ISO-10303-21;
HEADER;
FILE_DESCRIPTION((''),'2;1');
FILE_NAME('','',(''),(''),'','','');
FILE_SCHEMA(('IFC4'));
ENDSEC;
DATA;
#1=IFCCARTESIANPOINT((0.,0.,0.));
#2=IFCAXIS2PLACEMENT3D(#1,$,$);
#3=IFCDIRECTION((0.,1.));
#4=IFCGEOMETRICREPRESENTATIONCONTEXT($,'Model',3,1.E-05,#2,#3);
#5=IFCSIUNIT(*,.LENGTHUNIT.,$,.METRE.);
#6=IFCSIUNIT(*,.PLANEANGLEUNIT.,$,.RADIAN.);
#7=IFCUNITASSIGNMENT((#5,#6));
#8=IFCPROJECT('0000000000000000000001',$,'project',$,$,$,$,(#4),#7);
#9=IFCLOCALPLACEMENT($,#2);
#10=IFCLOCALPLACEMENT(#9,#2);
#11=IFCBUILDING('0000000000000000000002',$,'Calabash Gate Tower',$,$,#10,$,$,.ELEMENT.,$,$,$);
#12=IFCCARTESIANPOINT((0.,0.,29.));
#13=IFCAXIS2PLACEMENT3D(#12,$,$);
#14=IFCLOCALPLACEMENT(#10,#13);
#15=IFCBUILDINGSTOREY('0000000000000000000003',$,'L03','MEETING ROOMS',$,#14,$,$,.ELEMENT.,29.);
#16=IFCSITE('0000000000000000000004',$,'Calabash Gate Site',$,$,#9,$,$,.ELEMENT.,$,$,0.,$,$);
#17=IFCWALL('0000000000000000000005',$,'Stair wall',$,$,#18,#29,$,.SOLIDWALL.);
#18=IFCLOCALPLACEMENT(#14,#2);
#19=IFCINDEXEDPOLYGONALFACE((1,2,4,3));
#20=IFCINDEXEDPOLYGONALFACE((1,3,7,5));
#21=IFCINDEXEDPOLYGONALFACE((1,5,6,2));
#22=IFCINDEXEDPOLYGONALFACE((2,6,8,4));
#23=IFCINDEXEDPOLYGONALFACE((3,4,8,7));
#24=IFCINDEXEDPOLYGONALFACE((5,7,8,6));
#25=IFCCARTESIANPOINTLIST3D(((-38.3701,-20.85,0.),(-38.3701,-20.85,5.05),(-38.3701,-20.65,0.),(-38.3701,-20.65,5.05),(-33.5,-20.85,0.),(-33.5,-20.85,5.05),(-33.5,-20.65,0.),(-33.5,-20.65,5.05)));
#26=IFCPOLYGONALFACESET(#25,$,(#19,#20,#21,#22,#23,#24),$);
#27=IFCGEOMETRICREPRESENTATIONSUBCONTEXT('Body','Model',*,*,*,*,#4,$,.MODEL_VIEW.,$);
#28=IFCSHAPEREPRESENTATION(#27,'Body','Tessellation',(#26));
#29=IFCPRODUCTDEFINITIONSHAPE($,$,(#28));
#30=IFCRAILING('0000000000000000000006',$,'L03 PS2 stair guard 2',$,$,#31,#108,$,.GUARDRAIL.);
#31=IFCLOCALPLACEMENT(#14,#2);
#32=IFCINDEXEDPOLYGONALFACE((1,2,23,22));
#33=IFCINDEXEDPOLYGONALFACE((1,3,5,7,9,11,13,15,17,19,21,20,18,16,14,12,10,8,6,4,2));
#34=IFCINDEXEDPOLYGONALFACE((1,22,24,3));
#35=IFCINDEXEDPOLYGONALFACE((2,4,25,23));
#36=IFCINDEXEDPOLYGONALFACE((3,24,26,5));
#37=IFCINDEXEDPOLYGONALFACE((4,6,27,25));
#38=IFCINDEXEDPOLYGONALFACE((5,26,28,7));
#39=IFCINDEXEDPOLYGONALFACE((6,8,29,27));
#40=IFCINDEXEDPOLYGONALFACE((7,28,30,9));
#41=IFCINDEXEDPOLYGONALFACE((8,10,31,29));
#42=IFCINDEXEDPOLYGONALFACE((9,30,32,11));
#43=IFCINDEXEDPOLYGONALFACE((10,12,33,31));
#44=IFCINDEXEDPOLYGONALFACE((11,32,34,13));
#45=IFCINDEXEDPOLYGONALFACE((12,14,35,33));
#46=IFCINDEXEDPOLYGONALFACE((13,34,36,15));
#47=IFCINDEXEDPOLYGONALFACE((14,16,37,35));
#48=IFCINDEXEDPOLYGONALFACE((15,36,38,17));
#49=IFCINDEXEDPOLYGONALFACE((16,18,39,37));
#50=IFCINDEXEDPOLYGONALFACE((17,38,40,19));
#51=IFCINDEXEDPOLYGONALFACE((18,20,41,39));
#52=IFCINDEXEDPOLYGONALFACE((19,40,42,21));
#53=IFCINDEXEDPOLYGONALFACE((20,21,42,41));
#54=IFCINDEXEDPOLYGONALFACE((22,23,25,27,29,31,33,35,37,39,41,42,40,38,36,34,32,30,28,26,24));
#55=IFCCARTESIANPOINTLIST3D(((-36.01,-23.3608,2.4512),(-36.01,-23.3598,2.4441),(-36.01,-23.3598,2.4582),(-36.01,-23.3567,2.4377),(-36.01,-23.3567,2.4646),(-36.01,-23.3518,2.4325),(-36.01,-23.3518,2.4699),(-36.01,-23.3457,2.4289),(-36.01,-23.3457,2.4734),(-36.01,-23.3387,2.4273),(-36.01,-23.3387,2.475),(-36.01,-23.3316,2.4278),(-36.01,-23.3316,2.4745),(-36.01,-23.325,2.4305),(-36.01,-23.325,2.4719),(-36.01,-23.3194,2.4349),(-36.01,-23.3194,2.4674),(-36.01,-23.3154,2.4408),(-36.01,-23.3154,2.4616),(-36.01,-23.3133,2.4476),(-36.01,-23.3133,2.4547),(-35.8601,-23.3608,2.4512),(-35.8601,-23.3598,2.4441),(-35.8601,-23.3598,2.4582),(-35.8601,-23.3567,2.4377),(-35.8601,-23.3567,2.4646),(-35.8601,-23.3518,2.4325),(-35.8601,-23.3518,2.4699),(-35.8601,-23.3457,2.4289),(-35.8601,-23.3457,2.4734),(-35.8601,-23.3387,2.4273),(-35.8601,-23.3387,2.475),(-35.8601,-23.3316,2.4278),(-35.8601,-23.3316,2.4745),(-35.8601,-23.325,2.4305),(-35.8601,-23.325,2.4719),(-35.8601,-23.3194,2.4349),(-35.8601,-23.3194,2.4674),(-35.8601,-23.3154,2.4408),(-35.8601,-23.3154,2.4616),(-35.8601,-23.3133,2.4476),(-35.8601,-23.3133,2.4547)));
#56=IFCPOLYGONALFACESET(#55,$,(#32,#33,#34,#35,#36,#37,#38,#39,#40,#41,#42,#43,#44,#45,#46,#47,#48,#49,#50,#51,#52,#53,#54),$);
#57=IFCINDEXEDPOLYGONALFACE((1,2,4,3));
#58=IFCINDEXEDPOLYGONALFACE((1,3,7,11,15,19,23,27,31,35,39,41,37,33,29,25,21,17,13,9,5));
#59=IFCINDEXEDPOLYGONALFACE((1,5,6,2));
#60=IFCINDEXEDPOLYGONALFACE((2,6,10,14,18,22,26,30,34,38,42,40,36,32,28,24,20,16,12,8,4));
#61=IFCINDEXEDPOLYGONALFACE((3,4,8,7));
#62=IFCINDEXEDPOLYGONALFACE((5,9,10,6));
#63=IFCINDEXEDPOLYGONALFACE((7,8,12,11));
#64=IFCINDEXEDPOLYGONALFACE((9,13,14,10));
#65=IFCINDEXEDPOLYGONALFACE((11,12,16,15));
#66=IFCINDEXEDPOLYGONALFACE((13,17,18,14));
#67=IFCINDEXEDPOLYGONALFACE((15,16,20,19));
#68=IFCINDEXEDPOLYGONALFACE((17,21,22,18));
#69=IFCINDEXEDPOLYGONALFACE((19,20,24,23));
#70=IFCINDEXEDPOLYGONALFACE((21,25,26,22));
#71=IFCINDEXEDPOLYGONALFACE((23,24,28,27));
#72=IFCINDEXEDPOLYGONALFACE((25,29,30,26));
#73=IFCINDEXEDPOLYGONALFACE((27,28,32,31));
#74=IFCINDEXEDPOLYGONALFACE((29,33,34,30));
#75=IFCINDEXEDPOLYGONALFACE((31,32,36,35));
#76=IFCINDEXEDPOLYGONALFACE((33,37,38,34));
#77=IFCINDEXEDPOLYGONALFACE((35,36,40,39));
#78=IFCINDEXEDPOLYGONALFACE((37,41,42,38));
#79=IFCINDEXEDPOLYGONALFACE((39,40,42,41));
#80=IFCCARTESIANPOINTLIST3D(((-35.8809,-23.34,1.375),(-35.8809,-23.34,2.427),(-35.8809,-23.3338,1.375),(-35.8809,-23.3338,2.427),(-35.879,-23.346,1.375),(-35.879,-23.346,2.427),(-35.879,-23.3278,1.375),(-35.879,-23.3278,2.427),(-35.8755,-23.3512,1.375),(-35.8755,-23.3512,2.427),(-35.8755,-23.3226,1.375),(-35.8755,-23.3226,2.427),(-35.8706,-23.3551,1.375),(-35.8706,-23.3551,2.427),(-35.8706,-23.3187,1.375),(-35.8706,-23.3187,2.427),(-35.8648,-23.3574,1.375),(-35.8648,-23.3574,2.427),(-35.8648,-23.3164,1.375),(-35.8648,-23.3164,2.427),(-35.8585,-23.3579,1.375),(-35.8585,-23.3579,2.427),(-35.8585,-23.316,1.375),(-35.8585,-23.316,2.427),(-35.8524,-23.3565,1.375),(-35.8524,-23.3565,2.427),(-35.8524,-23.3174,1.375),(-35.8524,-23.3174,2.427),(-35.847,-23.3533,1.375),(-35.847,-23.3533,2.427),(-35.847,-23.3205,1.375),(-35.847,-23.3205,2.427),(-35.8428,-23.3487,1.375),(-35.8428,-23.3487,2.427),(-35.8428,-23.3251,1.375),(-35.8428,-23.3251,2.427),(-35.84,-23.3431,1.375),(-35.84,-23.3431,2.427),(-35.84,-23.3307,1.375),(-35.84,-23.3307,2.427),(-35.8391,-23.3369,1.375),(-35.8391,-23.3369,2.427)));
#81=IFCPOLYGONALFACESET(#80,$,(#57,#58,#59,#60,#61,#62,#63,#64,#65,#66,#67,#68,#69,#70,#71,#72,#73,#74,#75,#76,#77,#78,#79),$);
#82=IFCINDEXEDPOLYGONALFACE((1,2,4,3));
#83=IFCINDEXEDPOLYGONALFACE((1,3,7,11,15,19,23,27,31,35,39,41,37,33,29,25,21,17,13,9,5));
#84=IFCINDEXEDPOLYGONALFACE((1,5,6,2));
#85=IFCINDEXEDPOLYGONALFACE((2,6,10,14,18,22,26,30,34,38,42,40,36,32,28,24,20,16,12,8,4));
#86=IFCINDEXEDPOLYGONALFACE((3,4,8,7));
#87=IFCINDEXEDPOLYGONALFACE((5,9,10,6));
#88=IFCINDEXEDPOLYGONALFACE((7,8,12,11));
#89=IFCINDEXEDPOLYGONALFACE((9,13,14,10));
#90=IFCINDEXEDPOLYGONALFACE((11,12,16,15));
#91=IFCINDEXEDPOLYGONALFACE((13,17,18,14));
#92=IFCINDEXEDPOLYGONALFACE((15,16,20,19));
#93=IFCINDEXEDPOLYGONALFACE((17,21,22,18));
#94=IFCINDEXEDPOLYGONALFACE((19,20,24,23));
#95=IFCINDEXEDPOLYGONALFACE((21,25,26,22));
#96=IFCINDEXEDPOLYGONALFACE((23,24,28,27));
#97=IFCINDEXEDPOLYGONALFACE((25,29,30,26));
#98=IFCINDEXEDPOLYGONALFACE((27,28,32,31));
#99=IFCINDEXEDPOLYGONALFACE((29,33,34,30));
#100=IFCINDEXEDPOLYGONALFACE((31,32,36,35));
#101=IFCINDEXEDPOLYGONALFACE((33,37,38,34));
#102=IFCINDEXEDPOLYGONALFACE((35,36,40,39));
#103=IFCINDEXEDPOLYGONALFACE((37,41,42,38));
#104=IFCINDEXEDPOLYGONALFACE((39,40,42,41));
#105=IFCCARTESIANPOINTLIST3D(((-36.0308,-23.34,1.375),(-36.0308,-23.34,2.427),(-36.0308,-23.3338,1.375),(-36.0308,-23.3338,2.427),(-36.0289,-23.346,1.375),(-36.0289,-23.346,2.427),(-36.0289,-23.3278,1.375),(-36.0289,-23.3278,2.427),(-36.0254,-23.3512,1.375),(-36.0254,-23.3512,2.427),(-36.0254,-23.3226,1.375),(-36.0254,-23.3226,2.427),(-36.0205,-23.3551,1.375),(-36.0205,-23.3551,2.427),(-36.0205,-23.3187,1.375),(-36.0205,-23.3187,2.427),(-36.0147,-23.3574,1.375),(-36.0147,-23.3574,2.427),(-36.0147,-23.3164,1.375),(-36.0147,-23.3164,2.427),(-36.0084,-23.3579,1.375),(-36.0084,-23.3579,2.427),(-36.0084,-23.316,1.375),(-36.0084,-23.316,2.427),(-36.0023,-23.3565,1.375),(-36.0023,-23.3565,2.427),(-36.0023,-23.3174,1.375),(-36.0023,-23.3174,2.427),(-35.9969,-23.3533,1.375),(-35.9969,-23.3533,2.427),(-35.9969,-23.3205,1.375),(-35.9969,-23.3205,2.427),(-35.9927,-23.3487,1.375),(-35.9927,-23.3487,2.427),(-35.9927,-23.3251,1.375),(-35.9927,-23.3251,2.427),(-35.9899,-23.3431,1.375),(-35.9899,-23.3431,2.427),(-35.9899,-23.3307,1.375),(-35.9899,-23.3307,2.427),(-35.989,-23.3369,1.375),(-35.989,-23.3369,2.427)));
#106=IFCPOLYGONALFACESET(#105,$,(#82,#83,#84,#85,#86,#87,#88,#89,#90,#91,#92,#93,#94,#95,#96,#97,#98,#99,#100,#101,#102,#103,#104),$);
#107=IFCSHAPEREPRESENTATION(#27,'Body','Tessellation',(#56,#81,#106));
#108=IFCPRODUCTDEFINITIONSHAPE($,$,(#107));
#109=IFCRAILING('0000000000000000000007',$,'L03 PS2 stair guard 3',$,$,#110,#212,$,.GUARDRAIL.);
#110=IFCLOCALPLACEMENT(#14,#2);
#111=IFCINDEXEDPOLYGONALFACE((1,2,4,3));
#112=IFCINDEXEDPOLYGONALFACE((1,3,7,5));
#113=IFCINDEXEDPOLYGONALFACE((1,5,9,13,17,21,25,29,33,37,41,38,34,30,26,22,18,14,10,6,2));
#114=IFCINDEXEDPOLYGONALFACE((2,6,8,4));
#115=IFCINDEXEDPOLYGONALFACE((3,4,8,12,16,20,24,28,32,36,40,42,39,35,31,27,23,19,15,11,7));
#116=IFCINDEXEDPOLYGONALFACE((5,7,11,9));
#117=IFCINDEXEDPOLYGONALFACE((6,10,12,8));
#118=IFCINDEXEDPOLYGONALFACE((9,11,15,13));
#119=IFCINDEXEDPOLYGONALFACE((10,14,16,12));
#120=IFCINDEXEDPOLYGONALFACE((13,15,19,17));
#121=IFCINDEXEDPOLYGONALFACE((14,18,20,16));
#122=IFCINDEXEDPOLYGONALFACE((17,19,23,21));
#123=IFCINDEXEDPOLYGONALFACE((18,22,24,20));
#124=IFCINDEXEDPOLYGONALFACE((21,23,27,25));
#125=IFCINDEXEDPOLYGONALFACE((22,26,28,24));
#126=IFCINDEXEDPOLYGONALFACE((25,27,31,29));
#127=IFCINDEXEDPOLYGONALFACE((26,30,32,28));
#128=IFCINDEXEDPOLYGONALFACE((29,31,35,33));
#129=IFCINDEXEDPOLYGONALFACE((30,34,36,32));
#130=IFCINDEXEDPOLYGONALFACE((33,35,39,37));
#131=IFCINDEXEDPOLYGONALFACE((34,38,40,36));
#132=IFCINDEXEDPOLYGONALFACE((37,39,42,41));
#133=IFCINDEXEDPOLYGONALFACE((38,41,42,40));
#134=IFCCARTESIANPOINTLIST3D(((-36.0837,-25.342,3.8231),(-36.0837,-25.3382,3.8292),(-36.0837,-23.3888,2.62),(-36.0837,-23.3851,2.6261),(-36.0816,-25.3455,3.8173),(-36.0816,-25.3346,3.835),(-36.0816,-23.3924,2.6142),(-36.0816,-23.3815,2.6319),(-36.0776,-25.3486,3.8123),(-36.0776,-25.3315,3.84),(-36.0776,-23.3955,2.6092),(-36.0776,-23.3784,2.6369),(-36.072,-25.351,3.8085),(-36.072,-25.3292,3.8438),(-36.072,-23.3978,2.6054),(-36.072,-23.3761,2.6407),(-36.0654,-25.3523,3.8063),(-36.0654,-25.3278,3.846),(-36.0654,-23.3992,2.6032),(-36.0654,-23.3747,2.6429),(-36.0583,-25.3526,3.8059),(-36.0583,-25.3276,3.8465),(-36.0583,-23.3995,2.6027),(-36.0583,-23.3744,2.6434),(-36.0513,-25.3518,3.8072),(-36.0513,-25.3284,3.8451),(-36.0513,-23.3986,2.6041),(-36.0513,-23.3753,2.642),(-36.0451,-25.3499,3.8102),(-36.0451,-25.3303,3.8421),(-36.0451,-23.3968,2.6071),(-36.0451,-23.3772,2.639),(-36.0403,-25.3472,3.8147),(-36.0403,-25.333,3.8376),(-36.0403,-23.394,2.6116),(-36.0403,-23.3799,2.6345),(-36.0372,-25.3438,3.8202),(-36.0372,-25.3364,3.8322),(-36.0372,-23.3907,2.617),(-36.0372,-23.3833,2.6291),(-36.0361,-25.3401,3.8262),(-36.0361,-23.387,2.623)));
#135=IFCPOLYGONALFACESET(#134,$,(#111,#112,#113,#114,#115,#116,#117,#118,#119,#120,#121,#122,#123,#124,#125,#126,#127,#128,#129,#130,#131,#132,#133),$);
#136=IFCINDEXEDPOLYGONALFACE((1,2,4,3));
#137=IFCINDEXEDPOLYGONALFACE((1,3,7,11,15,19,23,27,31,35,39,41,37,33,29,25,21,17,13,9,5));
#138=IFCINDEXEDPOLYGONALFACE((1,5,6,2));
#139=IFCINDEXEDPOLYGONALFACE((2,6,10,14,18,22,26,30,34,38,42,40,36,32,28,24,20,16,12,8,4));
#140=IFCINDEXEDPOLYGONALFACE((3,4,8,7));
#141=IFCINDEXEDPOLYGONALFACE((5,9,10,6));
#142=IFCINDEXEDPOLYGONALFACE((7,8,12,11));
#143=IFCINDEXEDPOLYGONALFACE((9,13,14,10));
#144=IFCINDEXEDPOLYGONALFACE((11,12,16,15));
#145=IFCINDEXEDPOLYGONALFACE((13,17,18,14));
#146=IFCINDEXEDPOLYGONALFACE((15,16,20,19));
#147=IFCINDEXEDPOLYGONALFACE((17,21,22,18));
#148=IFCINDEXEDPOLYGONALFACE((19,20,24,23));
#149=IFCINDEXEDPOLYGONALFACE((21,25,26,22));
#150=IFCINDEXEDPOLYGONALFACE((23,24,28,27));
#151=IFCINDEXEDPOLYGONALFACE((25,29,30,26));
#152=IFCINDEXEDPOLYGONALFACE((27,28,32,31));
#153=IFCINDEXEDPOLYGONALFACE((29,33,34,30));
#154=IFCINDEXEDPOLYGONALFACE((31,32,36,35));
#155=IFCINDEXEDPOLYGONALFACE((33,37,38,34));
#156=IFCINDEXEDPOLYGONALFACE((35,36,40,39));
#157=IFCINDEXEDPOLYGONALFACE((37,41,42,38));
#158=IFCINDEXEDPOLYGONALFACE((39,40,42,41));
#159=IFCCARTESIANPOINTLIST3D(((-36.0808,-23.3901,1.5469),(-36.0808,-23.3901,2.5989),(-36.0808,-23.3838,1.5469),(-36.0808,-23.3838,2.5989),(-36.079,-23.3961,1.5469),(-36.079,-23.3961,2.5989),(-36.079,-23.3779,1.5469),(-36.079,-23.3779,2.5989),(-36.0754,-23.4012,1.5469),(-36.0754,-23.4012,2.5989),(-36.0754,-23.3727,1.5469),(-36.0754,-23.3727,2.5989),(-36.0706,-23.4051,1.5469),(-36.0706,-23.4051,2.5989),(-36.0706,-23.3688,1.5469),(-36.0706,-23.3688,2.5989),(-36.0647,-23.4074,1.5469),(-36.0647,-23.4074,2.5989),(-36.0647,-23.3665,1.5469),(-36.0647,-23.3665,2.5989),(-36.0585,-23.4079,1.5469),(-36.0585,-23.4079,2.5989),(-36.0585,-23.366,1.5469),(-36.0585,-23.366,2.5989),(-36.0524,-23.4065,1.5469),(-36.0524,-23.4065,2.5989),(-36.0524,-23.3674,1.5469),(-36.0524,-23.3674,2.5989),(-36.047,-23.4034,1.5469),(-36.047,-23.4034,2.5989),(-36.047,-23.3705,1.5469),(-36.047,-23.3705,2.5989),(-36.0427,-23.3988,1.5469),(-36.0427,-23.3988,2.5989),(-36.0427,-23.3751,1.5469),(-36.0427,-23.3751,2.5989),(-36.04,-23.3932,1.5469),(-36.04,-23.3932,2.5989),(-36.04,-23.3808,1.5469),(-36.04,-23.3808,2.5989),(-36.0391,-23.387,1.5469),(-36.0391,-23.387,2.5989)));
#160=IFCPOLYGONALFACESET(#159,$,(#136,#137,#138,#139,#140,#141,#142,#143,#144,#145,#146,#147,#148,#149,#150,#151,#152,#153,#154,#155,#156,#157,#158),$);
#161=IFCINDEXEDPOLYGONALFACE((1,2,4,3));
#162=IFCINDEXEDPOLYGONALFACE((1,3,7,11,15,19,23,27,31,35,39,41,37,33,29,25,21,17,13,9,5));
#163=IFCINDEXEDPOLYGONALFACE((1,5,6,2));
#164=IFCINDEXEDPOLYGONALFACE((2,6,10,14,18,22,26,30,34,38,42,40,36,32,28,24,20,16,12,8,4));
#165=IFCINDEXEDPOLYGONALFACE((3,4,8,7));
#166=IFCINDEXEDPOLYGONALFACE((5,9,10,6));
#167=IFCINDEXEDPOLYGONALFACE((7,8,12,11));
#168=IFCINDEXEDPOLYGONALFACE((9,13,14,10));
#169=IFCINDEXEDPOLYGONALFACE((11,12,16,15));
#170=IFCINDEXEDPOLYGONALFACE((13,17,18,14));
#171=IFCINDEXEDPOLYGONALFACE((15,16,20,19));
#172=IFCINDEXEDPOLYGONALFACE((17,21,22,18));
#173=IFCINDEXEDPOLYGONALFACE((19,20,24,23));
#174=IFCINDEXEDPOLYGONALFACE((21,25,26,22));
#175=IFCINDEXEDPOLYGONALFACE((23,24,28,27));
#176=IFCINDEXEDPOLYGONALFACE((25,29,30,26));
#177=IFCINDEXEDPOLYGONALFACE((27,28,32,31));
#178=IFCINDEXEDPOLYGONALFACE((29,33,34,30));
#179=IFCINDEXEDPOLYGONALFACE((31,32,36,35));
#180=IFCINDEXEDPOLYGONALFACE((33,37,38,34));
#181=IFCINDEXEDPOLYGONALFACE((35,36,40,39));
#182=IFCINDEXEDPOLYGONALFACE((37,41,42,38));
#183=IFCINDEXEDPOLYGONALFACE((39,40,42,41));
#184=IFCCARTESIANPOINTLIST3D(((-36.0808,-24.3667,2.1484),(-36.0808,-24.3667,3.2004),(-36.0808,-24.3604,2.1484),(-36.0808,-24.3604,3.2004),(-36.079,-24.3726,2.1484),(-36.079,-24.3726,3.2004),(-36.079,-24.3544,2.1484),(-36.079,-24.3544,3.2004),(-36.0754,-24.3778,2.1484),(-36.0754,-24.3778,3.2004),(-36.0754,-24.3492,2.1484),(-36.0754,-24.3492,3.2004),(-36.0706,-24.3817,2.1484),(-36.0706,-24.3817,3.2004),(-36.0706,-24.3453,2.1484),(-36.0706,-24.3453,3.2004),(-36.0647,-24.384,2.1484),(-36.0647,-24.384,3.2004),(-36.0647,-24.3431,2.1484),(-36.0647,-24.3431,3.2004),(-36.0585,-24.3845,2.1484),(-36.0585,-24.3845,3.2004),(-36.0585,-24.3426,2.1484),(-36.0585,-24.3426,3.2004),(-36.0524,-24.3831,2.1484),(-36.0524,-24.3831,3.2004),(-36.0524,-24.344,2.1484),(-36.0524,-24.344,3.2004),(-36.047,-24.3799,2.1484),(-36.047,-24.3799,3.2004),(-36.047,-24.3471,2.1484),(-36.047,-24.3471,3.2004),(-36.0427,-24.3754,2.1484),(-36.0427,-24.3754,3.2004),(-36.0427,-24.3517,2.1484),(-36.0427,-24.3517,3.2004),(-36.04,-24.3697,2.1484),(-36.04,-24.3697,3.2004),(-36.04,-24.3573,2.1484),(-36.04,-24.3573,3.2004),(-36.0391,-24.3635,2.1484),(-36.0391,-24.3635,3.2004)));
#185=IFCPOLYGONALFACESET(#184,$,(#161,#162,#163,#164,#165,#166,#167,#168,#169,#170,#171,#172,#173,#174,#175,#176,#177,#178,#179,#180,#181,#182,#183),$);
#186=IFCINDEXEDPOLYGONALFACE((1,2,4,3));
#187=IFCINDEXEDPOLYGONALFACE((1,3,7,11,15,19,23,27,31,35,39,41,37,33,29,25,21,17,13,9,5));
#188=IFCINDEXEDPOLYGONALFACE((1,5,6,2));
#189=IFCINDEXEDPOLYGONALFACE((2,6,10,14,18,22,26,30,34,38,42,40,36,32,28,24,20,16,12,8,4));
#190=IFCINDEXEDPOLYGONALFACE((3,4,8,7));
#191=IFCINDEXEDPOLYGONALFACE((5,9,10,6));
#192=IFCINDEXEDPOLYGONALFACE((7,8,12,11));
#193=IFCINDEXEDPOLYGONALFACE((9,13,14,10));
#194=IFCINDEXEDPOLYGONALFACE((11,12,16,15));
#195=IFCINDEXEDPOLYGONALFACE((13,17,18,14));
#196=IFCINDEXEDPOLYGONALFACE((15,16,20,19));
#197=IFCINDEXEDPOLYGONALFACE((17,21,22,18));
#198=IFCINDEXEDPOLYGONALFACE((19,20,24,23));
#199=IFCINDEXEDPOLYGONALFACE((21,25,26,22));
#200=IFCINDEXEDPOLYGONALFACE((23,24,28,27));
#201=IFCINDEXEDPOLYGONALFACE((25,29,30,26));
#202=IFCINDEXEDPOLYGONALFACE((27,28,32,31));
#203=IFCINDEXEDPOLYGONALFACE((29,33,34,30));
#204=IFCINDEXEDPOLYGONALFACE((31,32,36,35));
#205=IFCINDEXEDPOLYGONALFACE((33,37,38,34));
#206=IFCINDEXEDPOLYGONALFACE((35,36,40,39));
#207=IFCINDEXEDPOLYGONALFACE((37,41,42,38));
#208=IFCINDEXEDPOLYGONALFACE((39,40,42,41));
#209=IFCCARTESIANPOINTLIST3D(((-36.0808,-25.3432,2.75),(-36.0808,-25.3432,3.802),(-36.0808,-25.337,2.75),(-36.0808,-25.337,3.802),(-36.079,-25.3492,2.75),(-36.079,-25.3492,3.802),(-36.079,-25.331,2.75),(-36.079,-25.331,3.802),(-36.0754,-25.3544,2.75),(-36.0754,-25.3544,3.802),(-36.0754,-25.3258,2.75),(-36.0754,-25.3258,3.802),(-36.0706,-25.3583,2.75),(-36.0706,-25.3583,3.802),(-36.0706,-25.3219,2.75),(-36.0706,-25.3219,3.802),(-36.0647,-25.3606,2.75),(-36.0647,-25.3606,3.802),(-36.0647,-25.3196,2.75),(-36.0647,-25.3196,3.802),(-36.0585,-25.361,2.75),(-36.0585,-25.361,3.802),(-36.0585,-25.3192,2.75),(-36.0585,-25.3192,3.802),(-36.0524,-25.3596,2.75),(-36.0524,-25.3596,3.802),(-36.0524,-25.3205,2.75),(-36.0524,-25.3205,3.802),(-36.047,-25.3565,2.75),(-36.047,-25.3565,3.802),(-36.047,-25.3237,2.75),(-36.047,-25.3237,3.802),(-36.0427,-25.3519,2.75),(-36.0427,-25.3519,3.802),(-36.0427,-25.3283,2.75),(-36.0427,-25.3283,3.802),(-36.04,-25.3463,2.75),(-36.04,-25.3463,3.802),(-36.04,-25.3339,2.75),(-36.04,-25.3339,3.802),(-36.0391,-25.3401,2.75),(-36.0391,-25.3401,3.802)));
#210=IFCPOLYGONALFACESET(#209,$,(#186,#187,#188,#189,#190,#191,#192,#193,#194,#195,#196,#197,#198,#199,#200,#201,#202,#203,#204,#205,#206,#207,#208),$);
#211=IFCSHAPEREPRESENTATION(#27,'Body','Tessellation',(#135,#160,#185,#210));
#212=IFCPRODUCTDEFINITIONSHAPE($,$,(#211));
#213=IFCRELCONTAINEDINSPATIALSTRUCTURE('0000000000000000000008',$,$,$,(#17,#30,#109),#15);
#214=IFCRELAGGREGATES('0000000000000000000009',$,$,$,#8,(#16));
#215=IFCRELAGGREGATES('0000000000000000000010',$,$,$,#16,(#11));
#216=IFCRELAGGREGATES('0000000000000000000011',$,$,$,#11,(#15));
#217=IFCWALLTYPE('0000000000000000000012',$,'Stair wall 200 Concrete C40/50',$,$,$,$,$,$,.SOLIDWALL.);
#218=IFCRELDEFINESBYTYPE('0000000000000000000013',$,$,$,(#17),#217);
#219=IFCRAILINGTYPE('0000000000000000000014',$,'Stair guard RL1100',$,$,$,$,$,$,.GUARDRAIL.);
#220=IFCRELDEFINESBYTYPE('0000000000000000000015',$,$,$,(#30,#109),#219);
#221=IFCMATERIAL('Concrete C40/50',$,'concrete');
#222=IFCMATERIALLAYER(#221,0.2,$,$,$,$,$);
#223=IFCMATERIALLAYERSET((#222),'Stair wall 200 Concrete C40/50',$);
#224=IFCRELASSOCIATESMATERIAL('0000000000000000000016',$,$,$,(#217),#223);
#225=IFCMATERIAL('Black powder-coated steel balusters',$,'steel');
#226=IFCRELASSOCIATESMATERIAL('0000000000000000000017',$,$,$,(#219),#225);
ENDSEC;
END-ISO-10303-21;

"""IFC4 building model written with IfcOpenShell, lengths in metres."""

from ifc_helpers import new_model, si_unit, direction, frame, frame_2d, origin, origin_2d, place, context, subcontext, project, spatial, rectangle, circle, extrude, material, layer, layer_set, type_object, element, save


model = new_model("IFC4")

# Units and contexts
model_context = context("Model", 3, precision=1e-05, world=origin(), true_north=direction((0.0, 1.0)))
body_context = subcontext(model_context, "Body", "Model", "MODEL_VIEW")
ifc_project = project(units=[si_unit("LENGTHUNIT", "METRE"), si_unit("PLANEANGLEUNIT", "RADIAN")], contexts=[model_context])

# Site, building, storey
site_placement = place(None, origin())
site = spatial("IfcSite", under=ifc_project, at=site_placement, Name="Calabash Gate Site", CompositionType="ELEMENT", RefElevation=0.0)
building_placement = place(site_placement, origin())
building = spatial("IfcBuilding", under=site, at=building_placement, Name="Calabash Gate Tower", CompositionType="ELEMENT")
storey_placement = place(building_placement, frame((0.0, 0.0, 29.0)))
storey = spatial("IfcBuildingStorey", under=building, at=storey_placement, Name="L03", Description="MEETING ROOMS", CompositionType="ELEMENT", Elevation=29.0)

# Wall
ifc_material_1 = material(Name="Concrete C40/50", Category="concrete")
ifc_layer_1 = layer(ifc_material_1, 0.2)
ifc_layer_set_1 = layer_set([ifc_layer_1], Name="Stair wall 200 Concrete C40/50")
wall_type_1 = type_object("IfcWallType", Name="Stair wall 200 Concrete C40/50", PredefinedType="SOLIDWALL", material=ifc_layer_set_1)
wall_1_placement = place(storey_placement, frame((-38.3701, -20.75, 0.0), z_axis=(0.0, 0.0, 1.0), x_axis=(1.0, 0.0, 0.0)))
element("IfcWall", 1, at=wall_1_placement, inside=storey, type_object=wall_type_1, Name="Stair wall", PredefinedType="SOLIDWALL", context=body_context, shape_type="SweptSolid", body=[
    extrude(rectangle(XDim=4.8701, YDim=0.2, at=frame_2d((2.4351, 0.0))), origin(), (0.0, 0.0, 1.0), 5.05),
])

# Railings
ifc_material_2 = material(Name="Black powder-coated steel balusters", Category="steel")
railing_type_1 = type_object("IfcRailingType", Name="Stair guard RL1100", PredefinedType="GUARDRAIL", material=ifc_material_2)
railing_1_placement = place(storey_placement, frame((-35.8601, -23.3369, 1.375)))
element("IfcRailing", 2, at=railing_1_placement, inside=storey, type_object=railing_type_1, Name="L03 PS2 stair guard 2", PredefinedType="GUARDRAIL", context=body_context, shape_type="SweptSolid", body=[
    extrude(circle(Radius=0.0239, at=origin_2d()), frame((0.0, 0.0, 1.0762), z_axis=(-1.0, 0.0, 0.0), x_axis=(0.0, -1.0, 0.0)), (0.0, 0.0, 1.0), 0.1499),
    extrude(circle(Radius=0.021, at=origin_2d()), origin(), (0.0, 0.0, 1.0), 1.052),
    extrude(circle(Radius=0.021, at=origin_2d()), frame((-0.1499, 0.0, 0.0)), (0.0, 0.0, 1.0), 1.052),
])
railing_2_placement = place(storey_placement, frame((-36.0601, -23.387, 1.5469)))
element("IfcRailing", 3, at=railing_2_placement, inside=storey, type_object=railing_type_1, Name="L03 PS2 stair guard 3", PredefinedType="GUARDRAIL", context=body_context, shape_type="SweptSolid", body=[
    extrude(circle(Radius=0.0239, at=origin_2d()), frame((0.0, 0.0, 1.0762), z_axis=(0.0, -0.851424, 0.524477), x_axis=(1.0, 0.0, 0.0)), (0.0, 0.0, 1.0), 2.2939),
    extrude(circle(Radius=0.021, at=origin_2d()), origin(), (0.0, 0.0, 1.0), 1.052),
    extrude(circle(Radius=0.021, at=origin_2d()), frame((0.0, -0.9766, 0.6016)), (0.0, 0.0, 1.0), 1.052),
    extrude(circle(Radius=0.021, at=origin_2d()), frame((0.0, -1.9531, 1.2031)), (0.0, 0.0, 1.0), 1.052),
])

save(model, "model.ifc")
